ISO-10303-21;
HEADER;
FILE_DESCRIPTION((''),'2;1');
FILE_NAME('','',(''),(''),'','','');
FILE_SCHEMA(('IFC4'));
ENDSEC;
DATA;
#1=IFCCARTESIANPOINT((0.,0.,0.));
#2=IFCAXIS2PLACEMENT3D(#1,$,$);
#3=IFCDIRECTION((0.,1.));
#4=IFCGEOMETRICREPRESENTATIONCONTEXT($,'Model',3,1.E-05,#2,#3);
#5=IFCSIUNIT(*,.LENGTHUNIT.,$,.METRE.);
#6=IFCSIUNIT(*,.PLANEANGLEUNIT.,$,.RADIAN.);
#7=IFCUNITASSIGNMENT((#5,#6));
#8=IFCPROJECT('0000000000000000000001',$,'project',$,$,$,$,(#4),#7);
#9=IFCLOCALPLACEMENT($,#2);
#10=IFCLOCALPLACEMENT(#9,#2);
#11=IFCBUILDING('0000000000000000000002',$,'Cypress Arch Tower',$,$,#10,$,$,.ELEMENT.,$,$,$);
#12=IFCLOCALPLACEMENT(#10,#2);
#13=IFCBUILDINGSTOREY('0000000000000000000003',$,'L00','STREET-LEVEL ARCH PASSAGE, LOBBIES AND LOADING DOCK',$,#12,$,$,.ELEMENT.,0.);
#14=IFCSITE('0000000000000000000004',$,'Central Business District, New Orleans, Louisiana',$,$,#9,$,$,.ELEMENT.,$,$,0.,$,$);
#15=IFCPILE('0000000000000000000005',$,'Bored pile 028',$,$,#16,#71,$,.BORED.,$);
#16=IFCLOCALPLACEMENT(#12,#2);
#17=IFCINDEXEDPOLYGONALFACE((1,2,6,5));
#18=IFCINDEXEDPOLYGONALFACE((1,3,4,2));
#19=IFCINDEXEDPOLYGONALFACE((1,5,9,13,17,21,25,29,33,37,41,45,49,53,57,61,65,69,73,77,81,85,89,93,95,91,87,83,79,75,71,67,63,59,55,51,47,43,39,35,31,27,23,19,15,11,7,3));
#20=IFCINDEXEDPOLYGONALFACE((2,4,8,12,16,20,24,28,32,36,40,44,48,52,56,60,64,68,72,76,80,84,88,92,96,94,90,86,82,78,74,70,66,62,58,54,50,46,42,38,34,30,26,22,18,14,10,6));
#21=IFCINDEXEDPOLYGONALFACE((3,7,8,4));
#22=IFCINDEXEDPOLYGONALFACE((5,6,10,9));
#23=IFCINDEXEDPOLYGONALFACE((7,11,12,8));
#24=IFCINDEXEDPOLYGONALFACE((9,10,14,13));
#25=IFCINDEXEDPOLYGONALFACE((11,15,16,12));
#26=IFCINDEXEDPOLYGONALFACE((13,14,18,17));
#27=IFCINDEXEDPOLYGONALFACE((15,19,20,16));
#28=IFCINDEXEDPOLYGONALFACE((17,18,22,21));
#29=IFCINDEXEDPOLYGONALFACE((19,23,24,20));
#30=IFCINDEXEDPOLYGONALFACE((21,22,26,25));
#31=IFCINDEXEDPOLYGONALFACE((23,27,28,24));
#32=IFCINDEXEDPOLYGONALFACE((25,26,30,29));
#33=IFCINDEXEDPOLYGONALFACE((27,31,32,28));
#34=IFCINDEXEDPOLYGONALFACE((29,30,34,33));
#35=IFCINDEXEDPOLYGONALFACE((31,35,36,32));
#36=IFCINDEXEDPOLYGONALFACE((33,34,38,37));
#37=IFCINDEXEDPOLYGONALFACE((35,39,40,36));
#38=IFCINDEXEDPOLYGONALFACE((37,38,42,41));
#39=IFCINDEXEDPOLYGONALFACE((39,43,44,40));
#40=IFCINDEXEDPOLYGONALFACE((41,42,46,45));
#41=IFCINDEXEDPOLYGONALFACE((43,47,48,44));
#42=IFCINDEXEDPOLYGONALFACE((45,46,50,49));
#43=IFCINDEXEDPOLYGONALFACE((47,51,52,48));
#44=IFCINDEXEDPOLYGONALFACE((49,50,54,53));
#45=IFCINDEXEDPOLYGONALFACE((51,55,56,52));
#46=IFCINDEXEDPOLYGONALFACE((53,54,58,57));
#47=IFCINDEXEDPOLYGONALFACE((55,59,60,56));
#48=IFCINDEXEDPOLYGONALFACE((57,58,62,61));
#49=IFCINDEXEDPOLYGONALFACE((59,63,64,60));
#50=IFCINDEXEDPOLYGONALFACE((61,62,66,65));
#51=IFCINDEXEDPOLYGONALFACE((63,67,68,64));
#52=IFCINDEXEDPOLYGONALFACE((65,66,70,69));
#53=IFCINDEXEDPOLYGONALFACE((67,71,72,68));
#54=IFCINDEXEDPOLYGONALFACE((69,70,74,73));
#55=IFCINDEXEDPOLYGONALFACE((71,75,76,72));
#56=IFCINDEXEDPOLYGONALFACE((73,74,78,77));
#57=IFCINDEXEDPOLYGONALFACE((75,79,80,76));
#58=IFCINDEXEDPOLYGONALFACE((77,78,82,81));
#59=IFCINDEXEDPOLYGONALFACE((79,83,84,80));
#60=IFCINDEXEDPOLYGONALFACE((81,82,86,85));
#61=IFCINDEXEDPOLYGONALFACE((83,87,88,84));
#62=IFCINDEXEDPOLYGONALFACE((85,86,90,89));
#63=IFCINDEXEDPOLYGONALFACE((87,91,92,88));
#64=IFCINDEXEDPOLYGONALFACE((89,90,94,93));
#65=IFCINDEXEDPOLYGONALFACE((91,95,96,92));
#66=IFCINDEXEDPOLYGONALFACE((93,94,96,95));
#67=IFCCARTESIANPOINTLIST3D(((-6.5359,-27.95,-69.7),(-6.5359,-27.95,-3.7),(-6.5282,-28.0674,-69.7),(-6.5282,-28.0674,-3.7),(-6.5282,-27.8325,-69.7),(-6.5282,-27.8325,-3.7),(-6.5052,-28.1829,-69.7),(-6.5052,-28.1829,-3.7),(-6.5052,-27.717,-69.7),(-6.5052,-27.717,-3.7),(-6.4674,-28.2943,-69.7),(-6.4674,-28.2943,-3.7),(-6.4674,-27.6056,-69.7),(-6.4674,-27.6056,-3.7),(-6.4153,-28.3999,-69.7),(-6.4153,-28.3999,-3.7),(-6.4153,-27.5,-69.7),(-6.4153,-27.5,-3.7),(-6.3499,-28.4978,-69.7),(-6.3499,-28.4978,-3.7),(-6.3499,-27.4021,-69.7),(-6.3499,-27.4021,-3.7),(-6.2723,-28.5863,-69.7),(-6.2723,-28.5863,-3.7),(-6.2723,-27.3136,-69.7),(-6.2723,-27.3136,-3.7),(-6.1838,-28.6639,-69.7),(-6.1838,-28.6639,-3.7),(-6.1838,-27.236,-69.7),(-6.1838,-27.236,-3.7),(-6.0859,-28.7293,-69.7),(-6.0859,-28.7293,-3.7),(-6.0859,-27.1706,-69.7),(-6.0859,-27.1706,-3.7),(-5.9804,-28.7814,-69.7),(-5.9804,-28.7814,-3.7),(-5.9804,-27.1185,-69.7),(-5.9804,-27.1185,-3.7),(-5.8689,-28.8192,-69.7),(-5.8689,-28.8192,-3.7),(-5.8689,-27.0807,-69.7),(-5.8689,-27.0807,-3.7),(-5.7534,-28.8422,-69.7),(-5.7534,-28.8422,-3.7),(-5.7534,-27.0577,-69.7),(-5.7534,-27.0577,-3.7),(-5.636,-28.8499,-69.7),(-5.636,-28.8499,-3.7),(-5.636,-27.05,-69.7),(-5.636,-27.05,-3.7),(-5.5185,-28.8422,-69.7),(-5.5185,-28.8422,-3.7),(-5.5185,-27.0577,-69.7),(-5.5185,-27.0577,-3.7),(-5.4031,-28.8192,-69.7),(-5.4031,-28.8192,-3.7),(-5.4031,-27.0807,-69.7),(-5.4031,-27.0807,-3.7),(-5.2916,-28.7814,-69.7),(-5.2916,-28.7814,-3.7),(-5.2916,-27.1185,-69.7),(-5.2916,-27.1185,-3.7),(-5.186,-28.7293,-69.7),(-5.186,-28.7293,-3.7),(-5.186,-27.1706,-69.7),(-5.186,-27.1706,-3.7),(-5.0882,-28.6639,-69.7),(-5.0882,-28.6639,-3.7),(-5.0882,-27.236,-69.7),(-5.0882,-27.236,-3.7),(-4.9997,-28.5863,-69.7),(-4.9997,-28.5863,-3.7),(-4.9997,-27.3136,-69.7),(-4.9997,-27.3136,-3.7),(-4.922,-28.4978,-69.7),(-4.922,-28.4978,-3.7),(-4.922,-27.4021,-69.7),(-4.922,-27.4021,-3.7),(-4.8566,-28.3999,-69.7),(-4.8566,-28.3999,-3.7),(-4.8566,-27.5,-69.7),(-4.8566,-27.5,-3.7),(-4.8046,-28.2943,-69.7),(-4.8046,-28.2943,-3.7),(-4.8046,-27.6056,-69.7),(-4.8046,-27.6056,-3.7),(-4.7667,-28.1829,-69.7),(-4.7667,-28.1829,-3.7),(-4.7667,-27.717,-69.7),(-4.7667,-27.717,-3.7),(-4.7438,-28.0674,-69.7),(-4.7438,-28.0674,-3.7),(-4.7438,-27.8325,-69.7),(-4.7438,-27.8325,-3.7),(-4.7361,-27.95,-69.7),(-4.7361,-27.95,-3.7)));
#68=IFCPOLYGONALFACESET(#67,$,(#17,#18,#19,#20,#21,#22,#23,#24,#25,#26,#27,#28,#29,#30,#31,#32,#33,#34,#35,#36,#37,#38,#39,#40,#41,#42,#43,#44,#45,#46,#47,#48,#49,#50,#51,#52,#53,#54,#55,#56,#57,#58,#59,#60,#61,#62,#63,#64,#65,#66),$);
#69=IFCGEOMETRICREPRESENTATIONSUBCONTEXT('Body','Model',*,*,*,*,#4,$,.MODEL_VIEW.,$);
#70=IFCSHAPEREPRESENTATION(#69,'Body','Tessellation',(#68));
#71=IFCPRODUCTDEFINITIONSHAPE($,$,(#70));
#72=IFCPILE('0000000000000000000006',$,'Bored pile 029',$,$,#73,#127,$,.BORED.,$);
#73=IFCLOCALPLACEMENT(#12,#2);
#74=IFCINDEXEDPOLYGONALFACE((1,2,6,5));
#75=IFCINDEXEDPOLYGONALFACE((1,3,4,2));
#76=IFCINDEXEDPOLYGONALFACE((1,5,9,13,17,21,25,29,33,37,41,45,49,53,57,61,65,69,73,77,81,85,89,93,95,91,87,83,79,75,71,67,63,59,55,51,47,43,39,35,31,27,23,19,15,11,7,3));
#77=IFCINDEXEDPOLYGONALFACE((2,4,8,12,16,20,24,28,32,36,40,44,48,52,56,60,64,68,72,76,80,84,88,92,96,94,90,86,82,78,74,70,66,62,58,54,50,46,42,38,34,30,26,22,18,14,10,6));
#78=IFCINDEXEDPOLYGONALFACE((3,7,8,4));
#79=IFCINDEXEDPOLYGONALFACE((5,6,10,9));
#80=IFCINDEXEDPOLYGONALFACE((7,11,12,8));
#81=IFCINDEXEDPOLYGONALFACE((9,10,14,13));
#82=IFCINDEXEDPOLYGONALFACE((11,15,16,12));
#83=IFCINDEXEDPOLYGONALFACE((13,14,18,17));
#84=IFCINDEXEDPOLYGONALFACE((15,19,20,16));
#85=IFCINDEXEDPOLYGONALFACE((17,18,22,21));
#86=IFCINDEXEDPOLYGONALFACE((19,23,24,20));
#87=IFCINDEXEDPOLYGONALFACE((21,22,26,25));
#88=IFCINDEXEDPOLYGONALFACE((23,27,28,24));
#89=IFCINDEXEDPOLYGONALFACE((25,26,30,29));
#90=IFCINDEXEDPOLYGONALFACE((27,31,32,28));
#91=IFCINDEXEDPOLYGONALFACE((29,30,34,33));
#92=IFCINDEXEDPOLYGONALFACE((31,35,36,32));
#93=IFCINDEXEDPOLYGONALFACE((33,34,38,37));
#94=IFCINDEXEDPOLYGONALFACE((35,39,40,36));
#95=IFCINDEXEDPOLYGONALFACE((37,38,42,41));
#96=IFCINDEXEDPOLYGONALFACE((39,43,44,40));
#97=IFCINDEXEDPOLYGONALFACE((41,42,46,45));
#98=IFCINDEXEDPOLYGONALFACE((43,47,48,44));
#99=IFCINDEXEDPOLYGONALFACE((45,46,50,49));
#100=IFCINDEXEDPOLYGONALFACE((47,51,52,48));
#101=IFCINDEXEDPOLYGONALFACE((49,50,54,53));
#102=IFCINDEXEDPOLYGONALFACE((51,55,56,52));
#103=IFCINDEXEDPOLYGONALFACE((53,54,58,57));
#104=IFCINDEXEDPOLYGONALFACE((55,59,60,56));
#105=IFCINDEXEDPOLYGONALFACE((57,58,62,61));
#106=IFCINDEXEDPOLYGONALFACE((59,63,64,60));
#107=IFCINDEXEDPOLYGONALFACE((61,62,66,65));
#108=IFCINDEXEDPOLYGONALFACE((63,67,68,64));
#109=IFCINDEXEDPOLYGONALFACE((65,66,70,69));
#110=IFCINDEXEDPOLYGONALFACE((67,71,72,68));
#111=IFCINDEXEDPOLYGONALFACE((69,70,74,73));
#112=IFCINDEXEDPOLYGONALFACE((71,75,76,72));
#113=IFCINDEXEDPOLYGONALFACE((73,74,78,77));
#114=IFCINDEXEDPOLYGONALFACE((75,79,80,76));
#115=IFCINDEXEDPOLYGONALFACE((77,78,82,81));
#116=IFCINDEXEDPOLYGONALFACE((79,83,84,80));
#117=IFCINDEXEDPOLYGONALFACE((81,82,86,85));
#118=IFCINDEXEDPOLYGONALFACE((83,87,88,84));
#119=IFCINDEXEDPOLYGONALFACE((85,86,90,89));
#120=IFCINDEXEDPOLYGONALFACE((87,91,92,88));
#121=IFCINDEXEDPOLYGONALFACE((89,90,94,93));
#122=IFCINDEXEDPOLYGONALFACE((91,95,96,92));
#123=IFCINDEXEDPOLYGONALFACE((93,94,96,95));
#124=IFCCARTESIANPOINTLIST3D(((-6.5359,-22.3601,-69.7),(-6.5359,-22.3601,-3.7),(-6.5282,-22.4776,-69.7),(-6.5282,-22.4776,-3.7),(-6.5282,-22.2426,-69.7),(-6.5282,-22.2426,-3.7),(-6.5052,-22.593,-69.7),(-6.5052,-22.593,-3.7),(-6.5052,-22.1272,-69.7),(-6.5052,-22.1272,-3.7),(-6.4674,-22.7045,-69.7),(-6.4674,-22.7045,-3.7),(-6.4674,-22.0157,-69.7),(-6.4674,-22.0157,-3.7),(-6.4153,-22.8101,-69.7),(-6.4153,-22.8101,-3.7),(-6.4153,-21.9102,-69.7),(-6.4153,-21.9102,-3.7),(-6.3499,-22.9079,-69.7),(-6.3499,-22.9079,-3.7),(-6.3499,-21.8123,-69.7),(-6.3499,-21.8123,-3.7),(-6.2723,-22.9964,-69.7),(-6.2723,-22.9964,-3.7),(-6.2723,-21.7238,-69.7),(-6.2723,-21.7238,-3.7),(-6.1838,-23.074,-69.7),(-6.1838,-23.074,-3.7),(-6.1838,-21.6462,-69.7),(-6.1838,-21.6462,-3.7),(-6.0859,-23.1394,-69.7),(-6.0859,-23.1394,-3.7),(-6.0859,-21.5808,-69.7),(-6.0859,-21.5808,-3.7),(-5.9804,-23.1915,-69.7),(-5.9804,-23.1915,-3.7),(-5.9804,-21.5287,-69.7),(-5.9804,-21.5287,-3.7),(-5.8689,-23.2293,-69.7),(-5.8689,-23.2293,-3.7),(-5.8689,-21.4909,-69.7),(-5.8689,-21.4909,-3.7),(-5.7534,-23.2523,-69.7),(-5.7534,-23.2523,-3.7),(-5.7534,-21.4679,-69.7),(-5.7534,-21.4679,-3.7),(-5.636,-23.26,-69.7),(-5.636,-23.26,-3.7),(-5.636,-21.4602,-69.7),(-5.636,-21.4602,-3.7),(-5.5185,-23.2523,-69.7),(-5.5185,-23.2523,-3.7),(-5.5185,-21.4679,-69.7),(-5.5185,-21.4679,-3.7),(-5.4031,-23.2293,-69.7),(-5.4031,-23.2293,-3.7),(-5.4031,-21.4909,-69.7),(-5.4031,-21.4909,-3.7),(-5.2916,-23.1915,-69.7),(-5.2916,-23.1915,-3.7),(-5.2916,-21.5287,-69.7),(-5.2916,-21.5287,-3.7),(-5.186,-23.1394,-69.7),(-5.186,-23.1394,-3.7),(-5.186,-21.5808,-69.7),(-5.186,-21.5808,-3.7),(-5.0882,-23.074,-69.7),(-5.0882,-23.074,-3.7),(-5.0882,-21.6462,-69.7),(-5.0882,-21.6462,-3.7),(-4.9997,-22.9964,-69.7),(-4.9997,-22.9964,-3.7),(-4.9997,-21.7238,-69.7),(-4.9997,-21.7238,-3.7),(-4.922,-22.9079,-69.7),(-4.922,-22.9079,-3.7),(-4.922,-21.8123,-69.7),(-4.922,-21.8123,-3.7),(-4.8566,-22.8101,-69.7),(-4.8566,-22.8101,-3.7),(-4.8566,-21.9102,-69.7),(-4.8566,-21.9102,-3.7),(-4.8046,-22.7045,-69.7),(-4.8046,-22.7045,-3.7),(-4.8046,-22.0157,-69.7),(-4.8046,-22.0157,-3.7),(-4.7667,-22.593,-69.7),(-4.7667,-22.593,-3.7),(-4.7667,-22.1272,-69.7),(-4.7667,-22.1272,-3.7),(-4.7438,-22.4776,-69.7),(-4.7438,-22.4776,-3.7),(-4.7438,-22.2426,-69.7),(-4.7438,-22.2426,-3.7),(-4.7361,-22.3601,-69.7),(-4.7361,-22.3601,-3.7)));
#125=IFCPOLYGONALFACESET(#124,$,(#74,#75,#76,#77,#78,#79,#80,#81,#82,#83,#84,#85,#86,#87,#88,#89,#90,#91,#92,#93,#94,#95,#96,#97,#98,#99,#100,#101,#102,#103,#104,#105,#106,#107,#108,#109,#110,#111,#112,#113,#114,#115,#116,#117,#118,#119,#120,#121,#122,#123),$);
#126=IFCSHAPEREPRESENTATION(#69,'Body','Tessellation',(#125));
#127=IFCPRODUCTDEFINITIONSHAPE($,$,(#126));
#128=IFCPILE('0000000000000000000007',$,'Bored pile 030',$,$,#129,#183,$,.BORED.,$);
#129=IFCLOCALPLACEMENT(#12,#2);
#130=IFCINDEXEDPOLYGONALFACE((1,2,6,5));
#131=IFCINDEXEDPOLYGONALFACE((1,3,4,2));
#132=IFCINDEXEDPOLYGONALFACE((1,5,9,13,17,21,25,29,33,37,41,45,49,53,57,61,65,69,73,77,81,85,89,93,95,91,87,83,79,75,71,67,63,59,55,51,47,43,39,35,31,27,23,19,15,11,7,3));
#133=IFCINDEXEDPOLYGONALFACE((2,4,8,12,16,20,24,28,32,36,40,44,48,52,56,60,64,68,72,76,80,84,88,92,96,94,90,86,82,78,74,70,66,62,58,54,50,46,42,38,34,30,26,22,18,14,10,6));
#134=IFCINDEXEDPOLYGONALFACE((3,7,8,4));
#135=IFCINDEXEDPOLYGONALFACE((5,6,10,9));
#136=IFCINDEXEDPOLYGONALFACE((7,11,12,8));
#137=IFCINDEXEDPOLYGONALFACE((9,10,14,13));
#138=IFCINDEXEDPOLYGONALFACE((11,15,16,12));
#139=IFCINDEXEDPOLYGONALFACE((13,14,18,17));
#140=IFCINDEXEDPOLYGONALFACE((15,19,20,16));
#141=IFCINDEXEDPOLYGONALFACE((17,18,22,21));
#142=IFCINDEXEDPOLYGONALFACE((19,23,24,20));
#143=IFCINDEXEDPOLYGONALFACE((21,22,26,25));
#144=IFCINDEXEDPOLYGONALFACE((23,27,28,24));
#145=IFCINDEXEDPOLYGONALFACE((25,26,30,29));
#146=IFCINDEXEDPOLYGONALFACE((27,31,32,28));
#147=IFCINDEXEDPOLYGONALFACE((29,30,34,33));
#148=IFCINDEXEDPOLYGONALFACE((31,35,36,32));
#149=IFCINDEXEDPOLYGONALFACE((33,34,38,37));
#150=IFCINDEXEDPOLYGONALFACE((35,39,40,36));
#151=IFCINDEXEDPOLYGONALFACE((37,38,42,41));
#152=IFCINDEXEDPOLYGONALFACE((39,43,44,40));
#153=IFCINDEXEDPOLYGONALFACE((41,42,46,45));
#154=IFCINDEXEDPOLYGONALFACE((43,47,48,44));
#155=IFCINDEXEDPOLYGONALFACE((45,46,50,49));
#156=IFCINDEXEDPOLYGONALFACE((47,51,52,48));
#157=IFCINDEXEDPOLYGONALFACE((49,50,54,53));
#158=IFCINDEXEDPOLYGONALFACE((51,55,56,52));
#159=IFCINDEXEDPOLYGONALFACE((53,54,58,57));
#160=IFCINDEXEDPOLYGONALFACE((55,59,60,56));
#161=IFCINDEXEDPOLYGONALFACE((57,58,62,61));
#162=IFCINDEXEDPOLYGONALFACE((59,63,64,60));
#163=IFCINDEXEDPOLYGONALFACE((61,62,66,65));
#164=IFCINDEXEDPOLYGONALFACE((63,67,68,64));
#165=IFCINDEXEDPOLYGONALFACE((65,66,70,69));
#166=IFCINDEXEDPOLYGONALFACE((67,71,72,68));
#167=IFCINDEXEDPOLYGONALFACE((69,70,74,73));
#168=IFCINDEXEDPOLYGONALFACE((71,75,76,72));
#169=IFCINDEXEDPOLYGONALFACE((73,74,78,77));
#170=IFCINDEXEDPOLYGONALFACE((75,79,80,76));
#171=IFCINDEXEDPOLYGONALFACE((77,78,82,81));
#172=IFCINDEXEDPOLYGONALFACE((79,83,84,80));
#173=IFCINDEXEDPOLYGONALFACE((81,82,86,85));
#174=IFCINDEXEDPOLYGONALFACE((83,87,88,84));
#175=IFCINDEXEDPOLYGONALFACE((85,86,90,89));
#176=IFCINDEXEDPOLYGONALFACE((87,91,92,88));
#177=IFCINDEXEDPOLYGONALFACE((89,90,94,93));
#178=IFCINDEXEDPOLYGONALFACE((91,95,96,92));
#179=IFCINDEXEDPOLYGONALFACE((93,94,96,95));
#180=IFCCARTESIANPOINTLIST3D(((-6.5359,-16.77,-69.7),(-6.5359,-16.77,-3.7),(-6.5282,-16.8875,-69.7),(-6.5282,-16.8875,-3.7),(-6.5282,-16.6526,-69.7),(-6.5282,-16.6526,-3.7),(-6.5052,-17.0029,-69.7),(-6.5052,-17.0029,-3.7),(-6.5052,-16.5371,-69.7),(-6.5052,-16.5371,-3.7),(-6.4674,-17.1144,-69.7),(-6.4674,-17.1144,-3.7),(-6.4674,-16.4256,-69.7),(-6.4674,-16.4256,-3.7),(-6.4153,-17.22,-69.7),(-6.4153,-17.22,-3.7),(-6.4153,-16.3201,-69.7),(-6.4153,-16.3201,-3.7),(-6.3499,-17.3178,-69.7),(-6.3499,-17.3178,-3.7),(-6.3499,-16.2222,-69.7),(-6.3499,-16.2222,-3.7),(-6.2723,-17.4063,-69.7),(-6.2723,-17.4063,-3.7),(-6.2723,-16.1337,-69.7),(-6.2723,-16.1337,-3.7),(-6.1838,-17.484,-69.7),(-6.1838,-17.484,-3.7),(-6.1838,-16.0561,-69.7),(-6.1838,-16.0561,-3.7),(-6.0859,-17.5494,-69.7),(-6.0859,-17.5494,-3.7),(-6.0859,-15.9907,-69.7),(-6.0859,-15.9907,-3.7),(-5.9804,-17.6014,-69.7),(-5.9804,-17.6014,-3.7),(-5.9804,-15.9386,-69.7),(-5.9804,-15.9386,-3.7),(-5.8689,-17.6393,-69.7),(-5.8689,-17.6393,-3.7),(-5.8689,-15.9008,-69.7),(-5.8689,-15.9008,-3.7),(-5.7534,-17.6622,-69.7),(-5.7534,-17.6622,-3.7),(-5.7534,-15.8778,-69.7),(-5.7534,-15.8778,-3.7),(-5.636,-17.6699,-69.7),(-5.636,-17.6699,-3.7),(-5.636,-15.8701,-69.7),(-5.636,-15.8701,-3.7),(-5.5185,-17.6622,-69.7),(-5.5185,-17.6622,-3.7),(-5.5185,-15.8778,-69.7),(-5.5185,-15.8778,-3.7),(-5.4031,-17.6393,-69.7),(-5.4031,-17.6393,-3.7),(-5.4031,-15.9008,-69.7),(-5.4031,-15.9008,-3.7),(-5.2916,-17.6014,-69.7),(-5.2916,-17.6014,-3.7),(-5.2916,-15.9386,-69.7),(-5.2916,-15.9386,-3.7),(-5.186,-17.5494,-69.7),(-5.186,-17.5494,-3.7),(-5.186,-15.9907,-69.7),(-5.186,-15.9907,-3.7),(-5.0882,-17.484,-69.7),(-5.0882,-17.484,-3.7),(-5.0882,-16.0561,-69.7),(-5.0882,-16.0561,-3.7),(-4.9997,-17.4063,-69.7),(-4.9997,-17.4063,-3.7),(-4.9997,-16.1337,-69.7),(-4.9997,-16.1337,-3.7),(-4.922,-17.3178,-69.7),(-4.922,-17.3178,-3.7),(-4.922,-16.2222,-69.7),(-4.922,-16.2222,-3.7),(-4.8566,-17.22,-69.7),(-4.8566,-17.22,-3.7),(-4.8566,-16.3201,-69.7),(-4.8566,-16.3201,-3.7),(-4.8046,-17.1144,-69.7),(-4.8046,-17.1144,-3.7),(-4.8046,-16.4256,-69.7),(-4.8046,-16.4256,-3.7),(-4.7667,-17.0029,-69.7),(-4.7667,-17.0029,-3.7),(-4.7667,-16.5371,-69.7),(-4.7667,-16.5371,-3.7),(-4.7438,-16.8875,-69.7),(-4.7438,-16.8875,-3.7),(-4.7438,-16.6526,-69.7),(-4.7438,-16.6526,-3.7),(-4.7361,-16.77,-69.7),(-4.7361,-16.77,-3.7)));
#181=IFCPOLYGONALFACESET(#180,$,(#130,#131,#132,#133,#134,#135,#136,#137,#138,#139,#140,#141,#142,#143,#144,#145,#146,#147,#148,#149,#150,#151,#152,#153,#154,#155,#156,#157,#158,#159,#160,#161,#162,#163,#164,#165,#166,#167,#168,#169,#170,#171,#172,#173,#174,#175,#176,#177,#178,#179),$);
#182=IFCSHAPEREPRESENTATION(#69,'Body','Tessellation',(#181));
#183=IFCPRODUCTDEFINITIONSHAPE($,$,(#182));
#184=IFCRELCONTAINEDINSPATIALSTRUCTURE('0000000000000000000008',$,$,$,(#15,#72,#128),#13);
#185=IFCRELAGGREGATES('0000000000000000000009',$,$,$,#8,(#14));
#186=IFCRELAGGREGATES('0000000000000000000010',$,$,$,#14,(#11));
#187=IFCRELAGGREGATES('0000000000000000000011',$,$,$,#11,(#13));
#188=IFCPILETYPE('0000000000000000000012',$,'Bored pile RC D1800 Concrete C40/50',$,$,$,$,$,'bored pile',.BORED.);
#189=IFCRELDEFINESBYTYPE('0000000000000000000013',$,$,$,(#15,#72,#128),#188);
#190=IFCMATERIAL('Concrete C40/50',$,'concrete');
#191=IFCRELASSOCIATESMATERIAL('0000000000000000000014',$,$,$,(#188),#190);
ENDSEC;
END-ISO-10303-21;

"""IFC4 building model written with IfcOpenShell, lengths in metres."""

from ifc_helpers import new_model, si_unit, direction, frame, origin, origin_2d, place, context, subcontext, project, spatial, circle, extrude, material, material_profile, profile_set, type_object, element, save


model = new_model("IFC4")

# Units and contexts
model_context = context("Model", 3, precision=1e-05, world=origin(), true_north=direction((0.0, 1.0)))
body_context = subcontext(model_context, "Body", "Model", "MODEL_VIEW")
ifc_project = project(units=[si_unit("LENGTHUNIT", "METRE"), si_unit("PLANEANGLEUNIT", "RADIAN")], contexts=[model_context])

# Site, building, storey
site_placement = place(None, origin())
site = spatial("IfcSite", under=ifc_project, at=site_placement, Name="Central Business District, New Orleans, Louisiana", CompositionType="ELEMENT", RefElevation=0.0)
building_placement = place(site_placement, origin())
building = spatial("IfcBuilding", under=site, at=building_placement, Name="Cypress Arch Tower", CompositionType="ELEMENT")
storey_placement = place(building_placement, origin())
storey = spatial("IfcBuildingStorey", under=building, at=storey_placement, Name="L00", Description="STREET-LEVEL ARCH PASSAGE, LOBBIES AND LOADING DOCK", CompositionType="ELEMENT", Elevation=0.0)

# Piles
ifc_material_1 = material(Name="Concrete C40/50", Category="concrete")
ifc_material_profile = material_profile(ifc_material_1, circle(Radius=0.8999, at=origin_2d()), Name="RC D1800")
ifc_profile_set = profile_set([ifc_material_profile], Name="Concrete C40/50")
pile_type = type_object("IfcPileType", Name="Bored pile RC D1800 Concrete C40/50", ElementType="bored pile", PredefinedType="BORED", material=ifc_profile_set)
for number, where, z_axis, x_axis, name in (
    (1, (-5.636, -27.95, -3.7), (0.0, 0.0, -1.0), (1.0, 0.0, 0.0), "Bored pile 028"),
    (2, (-5.636, -22.3601, -3.7), (0.0, 0.0, -1.0), (1.0, 0.0, 0.0), "Bored pile 029"),
    (3, (-5.636, -16.77, -3.7), (0.0, 0.0, -1.0), (1.0, 0.0, 0.0), "Bored pile 030"),
):
    element("IfcPile", number, at=place(storey_placement, frame(where, z_axis=z_axis, x_axis=x_axis)), inside=storey, type_object=pile_type, Name=name, PredefinedType="BORED", context=body_context, shape_type="SweptSolid", body=[
        extrude(circle(Radius=0.8999, at=origin_2d()), origin(), (0.0, 0.0, 1.0), 66.0),
    ])

save(model, "model.ifc")
